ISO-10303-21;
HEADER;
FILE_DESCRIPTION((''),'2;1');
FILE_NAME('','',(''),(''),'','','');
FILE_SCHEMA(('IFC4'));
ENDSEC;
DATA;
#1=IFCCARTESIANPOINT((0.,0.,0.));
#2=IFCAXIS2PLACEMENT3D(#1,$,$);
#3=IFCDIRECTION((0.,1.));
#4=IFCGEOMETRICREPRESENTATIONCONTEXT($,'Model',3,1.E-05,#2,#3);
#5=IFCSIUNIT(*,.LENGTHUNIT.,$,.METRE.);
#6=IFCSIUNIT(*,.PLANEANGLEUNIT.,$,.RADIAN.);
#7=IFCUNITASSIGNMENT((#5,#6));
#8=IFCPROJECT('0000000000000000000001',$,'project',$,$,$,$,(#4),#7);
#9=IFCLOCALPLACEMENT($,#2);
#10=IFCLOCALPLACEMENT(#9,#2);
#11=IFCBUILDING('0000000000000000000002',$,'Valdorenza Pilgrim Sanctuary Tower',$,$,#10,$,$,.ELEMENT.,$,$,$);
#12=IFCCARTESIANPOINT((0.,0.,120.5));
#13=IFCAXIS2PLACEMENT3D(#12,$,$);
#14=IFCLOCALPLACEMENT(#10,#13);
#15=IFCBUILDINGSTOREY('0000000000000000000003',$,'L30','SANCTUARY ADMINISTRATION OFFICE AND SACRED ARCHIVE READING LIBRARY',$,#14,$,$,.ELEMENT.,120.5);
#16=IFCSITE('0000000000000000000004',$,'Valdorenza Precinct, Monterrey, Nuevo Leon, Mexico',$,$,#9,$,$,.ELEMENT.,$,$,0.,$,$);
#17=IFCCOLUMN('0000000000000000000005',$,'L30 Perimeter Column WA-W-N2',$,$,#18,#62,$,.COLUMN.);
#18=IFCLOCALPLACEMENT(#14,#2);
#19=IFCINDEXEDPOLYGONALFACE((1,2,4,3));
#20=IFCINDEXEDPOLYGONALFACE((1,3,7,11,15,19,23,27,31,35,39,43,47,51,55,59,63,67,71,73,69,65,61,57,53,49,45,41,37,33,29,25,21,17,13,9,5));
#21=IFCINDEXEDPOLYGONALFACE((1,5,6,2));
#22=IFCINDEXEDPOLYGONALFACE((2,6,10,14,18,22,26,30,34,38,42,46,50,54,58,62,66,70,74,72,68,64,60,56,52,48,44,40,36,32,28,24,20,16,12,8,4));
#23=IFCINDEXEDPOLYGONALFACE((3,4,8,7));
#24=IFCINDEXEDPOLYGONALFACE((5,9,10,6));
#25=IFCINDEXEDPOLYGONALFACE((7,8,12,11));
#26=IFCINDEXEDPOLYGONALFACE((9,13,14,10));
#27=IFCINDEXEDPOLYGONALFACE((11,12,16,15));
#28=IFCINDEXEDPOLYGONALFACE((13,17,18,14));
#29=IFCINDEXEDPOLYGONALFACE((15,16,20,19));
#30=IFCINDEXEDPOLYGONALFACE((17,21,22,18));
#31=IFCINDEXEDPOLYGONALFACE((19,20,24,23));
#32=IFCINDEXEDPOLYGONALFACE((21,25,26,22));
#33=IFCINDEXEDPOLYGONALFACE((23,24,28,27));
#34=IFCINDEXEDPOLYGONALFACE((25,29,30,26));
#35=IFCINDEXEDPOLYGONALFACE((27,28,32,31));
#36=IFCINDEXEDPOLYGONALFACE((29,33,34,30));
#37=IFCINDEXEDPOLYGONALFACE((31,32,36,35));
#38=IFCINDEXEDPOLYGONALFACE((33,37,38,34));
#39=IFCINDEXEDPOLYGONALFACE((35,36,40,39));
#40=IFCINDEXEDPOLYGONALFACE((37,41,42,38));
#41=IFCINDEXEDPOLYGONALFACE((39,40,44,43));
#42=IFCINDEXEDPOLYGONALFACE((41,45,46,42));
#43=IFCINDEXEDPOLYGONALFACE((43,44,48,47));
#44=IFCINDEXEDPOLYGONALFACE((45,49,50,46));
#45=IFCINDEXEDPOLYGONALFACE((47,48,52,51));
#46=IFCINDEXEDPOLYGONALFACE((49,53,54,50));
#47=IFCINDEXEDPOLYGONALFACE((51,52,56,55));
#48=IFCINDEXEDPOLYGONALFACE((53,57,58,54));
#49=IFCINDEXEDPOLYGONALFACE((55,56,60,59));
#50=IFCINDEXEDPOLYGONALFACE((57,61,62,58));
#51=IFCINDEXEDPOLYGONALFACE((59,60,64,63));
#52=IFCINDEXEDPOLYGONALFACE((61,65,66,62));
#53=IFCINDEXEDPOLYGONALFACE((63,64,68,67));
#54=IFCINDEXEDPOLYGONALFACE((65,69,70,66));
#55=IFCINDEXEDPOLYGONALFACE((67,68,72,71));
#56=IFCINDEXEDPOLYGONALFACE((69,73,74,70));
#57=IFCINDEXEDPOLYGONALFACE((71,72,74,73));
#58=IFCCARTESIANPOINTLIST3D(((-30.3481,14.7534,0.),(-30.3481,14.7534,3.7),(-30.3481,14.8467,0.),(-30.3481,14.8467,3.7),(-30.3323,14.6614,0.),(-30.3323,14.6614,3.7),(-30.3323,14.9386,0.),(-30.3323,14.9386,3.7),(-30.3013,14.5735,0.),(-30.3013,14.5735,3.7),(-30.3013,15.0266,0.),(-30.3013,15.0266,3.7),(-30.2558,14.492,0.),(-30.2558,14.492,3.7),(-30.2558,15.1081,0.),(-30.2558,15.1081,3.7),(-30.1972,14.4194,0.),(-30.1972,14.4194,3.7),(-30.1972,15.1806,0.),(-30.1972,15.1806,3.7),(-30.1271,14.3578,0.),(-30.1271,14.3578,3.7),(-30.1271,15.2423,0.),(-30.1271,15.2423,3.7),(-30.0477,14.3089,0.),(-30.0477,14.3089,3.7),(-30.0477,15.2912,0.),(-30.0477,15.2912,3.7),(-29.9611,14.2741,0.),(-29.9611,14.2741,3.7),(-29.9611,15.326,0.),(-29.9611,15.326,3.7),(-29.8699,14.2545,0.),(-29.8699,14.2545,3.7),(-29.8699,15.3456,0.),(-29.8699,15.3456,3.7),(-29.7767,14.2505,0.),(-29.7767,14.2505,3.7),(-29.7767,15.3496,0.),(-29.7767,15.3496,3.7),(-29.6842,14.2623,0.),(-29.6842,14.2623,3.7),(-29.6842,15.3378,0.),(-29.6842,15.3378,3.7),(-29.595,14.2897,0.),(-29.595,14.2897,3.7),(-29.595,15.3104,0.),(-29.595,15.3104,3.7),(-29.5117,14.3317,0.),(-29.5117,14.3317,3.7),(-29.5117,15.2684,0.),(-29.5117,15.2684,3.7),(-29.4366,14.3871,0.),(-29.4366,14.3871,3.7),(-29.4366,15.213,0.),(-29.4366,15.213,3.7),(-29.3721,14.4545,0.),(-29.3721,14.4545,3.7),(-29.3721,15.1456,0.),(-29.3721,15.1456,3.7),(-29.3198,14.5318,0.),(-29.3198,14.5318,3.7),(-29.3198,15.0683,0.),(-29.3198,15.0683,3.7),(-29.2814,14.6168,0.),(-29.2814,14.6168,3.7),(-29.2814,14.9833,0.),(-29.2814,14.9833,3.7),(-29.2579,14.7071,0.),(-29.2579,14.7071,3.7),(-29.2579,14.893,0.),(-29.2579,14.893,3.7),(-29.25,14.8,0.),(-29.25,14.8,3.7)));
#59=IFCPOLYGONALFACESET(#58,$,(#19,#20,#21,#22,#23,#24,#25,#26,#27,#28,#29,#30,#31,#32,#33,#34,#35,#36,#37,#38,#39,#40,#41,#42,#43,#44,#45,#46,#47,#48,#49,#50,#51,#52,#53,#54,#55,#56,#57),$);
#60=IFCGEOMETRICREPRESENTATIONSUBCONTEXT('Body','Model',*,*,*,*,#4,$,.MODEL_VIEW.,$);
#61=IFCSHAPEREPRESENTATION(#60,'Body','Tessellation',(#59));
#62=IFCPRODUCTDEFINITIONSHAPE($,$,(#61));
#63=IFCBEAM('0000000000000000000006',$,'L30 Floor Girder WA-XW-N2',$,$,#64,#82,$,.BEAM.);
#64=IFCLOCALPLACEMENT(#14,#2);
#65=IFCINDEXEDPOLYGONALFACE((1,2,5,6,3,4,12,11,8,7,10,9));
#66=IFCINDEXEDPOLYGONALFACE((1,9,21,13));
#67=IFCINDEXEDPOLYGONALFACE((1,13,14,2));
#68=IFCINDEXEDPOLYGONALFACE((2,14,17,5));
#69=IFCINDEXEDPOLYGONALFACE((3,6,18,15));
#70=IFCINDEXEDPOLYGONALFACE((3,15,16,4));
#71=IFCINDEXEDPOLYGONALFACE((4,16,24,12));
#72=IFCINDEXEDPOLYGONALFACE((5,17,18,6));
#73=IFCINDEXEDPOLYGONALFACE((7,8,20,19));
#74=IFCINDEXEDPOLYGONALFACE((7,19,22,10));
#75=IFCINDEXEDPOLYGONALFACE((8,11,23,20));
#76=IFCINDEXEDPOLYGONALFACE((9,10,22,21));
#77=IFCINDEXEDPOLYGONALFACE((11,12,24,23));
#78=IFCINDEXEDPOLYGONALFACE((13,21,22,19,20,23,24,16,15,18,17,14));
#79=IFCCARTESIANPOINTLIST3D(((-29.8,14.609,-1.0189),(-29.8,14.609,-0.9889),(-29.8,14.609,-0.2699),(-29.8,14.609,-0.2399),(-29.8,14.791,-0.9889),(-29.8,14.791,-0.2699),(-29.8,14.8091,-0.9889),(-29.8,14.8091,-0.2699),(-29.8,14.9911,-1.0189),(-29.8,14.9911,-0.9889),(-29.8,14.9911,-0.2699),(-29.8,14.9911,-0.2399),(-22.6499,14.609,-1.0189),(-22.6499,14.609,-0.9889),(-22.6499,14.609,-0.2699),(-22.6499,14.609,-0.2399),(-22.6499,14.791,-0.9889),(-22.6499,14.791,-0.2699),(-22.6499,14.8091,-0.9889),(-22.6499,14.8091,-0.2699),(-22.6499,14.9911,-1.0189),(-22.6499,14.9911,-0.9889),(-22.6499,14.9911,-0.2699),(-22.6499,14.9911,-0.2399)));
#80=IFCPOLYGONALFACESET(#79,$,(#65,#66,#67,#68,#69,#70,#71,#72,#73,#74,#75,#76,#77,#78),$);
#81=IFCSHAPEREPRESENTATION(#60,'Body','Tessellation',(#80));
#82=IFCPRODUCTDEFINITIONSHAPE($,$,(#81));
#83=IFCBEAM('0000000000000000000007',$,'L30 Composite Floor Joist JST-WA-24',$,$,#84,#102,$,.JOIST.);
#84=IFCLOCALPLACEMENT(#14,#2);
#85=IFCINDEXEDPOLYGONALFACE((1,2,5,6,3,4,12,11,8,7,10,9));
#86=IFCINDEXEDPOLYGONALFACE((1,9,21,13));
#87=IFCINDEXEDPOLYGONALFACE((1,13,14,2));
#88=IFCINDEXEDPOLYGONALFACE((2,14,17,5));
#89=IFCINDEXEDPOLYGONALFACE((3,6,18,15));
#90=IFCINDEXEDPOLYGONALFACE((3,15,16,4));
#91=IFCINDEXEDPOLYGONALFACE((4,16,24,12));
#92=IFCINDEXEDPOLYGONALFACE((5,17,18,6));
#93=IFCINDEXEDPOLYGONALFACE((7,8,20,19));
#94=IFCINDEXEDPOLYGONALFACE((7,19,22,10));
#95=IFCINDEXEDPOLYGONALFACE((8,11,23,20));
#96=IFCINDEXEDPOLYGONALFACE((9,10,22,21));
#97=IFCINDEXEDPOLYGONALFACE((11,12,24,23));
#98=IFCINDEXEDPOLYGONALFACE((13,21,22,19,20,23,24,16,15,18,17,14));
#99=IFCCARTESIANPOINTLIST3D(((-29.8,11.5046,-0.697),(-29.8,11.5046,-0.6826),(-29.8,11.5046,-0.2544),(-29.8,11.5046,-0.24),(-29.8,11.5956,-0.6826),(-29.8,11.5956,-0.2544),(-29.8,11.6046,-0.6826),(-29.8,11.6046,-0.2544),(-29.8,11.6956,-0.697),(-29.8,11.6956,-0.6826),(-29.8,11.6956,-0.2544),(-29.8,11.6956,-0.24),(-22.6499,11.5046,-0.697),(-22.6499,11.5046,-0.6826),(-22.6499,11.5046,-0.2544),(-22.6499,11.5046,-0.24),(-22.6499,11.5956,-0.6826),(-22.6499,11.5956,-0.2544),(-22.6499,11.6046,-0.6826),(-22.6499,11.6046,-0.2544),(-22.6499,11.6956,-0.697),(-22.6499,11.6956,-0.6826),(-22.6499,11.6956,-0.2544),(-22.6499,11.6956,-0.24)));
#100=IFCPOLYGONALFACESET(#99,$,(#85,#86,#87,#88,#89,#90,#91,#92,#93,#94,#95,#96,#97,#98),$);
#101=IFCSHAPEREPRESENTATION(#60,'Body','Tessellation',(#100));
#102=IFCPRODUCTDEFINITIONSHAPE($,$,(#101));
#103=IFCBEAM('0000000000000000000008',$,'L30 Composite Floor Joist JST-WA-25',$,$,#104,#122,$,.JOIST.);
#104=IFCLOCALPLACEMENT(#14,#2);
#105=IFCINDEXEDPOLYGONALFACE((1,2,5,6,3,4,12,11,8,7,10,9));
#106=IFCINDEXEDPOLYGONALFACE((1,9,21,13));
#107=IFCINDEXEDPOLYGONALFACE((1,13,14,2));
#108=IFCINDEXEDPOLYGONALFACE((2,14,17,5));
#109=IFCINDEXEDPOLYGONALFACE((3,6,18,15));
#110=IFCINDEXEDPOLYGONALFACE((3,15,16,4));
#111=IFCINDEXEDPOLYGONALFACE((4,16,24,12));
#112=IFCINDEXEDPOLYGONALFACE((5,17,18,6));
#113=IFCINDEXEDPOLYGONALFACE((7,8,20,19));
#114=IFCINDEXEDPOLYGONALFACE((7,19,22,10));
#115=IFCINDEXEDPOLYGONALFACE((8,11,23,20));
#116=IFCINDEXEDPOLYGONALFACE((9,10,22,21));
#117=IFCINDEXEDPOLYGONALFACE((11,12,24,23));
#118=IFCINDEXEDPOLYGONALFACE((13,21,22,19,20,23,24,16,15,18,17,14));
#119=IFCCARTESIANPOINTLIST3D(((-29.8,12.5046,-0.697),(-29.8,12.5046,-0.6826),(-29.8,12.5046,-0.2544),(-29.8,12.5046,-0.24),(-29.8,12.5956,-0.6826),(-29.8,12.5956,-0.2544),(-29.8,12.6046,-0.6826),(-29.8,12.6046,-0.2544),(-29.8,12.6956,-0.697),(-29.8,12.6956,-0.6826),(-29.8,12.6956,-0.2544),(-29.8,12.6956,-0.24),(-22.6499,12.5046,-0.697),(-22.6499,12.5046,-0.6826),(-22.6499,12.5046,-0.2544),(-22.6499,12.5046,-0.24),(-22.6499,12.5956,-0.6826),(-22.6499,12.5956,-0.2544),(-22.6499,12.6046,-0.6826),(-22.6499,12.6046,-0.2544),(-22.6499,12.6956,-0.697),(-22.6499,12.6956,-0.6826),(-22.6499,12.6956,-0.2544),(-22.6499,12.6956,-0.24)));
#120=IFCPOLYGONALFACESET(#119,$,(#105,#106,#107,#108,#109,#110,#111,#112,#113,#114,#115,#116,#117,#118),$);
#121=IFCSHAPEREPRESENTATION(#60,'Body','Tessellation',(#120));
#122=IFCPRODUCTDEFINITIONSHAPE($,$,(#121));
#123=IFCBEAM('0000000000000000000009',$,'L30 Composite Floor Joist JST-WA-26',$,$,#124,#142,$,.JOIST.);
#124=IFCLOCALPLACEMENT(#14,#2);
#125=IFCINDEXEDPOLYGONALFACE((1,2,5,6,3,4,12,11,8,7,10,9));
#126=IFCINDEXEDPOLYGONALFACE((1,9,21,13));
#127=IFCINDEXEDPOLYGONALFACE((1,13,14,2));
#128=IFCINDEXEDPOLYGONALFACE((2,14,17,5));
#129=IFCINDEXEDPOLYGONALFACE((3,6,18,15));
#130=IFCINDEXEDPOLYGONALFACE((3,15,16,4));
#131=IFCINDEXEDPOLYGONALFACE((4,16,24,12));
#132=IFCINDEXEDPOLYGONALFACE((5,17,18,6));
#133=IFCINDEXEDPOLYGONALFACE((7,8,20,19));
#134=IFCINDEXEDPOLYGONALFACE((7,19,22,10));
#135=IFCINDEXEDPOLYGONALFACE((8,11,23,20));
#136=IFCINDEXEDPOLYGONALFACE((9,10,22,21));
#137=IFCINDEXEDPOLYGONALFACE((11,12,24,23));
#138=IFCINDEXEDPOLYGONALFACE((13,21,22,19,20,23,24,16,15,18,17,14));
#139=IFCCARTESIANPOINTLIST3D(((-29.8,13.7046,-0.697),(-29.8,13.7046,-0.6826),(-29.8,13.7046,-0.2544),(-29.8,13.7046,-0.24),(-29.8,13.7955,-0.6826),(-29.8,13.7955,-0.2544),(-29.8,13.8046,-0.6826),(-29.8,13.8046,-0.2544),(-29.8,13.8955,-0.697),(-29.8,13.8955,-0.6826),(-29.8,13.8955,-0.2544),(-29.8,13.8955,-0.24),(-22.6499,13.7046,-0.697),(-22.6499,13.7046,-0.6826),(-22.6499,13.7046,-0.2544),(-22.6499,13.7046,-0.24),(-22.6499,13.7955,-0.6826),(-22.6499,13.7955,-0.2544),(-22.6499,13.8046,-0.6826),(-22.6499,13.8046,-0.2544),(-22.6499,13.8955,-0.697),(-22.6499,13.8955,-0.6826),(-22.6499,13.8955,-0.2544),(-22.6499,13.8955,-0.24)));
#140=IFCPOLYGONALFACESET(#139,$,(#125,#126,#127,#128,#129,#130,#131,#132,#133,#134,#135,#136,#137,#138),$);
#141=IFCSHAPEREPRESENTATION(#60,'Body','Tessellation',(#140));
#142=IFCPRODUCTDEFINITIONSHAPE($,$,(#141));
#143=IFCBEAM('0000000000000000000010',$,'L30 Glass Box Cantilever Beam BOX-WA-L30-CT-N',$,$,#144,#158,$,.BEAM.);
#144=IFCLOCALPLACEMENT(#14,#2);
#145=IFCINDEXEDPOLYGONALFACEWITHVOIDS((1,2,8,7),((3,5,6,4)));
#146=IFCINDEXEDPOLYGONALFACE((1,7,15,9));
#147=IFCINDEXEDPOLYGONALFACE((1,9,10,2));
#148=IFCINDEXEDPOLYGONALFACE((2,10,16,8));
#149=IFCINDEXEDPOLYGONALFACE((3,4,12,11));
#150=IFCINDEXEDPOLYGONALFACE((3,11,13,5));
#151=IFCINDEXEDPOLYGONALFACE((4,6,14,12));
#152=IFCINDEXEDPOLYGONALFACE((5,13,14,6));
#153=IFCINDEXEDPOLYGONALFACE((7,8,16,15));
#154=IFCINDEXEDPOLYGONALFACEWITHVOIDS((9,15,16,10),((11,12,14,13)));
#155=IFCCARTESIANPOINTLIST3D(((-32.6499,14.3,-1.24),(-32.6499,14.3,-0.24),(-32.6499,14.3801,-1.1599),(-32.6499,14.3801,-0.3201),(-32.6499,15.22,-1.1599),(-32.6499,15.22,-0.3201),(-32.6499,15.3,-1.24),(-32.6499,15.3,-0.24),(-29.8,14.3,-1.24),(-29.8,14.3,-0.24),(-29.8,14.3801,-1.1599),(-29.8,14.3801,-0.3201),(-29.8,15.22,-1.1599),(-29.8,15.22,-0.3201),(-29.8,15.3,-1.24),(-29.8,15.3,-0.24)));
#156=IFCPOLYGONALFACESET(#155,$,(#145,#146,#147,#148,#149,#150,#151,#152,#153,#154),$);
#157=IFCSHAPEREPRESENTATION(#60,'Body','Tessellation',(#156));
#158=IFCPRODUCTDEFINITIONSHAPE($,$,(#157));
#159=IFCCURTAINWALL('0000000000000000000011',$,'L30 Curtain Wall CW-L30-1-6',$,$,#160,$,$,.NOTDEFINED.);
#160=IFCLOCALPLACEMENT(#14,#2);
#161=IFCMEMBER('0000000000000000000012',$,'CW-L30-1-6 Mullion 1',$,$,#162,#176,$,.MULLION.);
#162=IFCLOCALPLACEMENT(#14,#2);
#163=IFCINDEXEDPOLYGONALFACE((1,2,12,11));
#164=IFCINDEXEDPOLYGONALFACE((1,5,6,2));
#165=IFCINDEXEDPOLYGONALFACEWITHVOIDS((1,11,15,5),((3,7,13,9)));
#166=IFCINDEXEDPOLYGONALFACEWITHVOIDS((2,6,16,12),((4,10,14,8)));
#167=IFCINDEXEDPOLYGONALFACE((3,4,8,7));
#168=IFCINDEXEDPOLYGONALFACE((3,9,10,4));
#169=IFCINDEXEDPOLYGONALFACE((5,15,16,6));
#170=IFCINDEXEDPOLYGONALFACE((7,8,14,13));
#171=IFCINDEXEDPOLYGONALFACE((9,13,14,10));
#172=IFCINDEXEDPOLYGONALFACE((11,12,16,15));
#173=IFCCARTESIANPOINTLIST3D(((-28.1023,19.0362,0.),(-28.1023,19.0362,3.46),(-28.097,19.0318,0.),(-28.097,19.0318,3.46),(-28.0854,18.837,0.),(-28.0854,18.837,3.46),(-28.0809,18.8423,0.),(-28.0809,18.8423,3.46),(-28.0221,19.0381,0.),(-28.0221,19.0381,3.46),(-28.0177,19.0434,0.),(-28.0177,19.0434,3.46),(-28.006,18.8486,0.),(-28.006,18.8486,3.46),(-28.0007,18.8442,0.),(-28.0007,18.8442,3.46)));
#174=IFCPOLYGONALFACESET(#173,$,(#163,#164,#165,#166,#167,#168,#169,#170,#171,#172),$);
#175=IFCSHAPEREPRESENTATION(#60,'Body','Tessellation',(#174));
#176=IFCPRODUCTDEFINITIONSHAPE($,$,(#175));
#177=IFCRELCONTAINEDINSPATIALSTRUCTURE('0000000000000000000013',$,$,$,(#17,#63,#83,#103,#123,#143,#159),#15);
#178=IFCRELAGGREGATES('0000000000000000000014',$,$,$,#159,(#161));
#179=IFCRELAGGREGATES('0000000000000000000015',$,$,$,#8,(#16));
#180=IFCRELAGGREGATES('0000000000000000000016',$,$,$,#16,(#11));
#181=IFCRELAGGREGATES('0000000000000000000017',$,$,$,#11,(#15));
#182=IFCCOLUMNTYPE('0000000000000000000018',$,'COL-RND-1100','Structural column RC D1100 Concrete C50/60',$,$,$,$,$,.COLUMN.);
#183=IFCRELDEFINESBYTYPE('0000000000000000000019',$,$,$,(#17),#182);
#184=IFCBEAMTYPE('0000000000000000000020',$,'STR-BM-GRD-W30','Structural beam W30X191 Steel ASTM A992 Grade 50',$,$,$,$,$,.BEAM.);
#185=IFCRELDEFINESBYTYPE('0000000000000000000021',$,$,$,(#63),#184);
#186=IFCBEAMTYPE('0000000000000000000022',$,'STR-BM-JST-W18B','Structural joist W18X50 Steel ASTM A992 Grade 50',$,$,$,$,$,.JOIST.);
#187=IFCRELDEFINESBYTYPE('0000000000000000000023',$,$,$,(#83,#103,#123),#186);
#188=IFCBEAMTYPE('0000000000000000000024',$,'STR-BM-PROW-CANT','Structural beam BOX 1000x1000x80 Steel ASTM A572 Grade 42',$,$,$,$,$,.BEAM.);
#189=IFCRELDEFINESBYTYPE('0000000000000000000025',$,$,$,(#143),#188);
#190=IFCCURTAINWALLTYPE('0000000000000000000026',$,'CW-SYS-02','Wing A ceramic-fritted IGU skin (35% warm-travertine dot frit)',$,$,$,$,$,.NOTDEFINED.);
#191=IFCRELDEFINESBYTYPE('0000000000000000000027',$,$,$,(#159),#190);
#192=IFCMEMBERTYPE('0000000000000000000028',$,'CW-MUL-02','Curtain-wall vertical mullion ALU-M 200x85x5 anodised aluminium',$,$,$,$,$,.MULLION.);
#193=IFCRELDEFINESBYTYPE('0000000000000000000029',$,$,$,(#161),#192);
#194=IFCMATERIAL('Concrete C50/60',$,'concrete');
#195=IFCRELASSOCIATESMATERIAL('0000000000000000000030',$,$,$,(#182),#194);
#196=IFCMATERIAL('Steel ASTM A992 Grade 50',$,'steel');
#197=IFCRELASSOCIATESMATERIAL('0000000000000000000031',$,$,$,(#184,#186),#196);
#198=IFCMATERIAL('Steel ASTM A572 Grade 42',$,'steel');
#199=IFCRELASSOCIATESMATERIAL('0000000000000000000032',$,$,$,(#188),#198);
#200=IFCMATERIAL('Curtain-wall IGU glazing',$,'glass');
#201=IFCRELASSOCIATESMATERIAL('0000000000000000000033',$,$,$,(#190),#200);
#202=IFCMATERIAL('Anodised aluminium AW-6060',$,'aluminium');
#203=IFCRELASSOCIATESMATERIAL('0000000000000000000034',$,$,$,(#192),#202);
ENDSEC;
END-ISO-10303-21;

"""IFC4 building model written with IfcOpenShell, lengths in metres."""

from ifc_helpers import new_model, si_unit, direction, frame, origin, origin_2d, place, context, subcontext, project, spatial, hollow_rectangle, circle, i_section, extrude, source, transform, mapped, material, material_profile, profile_set, type_object, element, aggregate, save


model = new_model("IFC4")

# Units and contexts
model_context = context("Model", 3, precision=1e-05, world=origin(), true_north=direction((0.0, 1.0)))
body_context = subcontext(model_context, "Body", "Model", "MODEL_VIEW")
ifc_project = project(units=[si_unit("LENGTHUNIT", "METRE"), si_unit("PLANEANGLEUNIT", "RADIAN")], contexts=[model_context])

# Site, building, storey
site_placement = place(None, origin())
site = spatial("IfcSite", under=ifc_project, at=site_placement, Name="Valdorenza Precinct, Monterrey, Nuevo Leon, Mexico", CompositionType="ELEMENT", RefElevation=0.0)
building_placement = place(site_placement, origin())
building = spatial("IfcBuilding", under=site, at=building_placement, Name="Valdorenza Pilgrim Sanctuary Tower", CompositionType="ELEMENT")
storey_placement = place(building_placement, frame((0.0, 0.0, 120.5)))
storey = spatial("IfcBuildingStorey", under=building, at=storey_placement, Name="L30", Description="SANCTUARY ADMINISTRATION OFFICE AND SACRED ARCHIVE READING LIBRARY", CompositionType="ELEMENT", Elevation=120.5)

# Column
ifc_material_1 = material(Name="Concrete C50/60", Category="concrete")
ifc_material_profile_1 = material_profile(ifc_material_1, circle(Radius=0.55, at=origin_2d()), Name="RC D1100")
ifc_profile_set_1 = profile_set([ifc_material_profile_1], Name="Concrete C50/60")
column_type = type_object("IfcColumnType", Name="COL-RND-1100", Description="Structural column RC D1100 Concrete C50/60", PredefinedType="COLUMN", material=ifc_profile_set_1)
shared_shape_1 = source(origin(), body_context, "Body", "SweptSolid", [
    extrude(circle(Radius=0.55, at=origin_2d()), origin(), (0.0, 0.0, 1.0), 3.7),
])
column_placement = place(storey_placement, frame((-29.8, 14.8, 0.0), z_axis=(0.0, 0.0, 1.0), x_axis=(1.0, 0.0, 0.0)))
element("IfcColumn", 1, at=column_placement, inside=storey, type_object=column_type, Name="L30 Perimeter Column WA-W-N2", PredefinedType="COLUMN", context=body_context, shape_type="MappedRepresentation", body=[
    mapped(shared_shape_1, transform((0.0, 0.0, 0.0), x_axis=(1.0, 0.0, 0.0), y_axis=(0.0, 1.0, 0.0), z_axis=(0.0, 0.0, 1.0), scale=1.0)),
])

# Beams
ifc_material_2 = material(Name="Steel ASTM A992 Grade 50", Category="steel")
ifc_material_profile_2 = material_profile(ifc_material_2, i_section(OverallWidth=0.3821, OverallDepth=0.7791, WebThickness=0.0181, FlangeThickness=0.03, at=origin_2d()), Name="W30X191")
ifc_profile_set_2 = profile_set([ifc_material_profile_2], Name="Steel ASTM A992 Grade 50")
beam_type_1 = type_object("IfcBeamType", Name="STR-BM-GRD-W30", Description="Structural beam W30X191 Steel ASTM A992 Grade 50", PredefinedType="BEAM", material=ifc_profile_set_2)
shared_shape_2 = source(origin(), body_context, "Body", "SweptSolid", [
    extrude(i_section(OverallWidth=0.3821, OverallDepth=0.7791, WebThickness=0.0181, FlangeThickness=0.03, at=origin_2d()), origin(), (0.0, 0.0, 1.0), 7.1501),
])
beam_1_placement = place(storey_placement, frame((-29.8, 14.8, -0.6294), z_axis=(1.0, 0.0, 0.0), x_axis=(0.0, 1.0, 0.0)))
element("IfcBeam", 2, at=beam_1_placement, inside=storey, type_object=beam_type_1, Name="L30 Floor Girder WA-XW-N2", PredefinedType="BEAM", context=body_context, shape_type="MappedRepresentation", body=[
    mapped(shared_shape_2, transform((0.0, 0.0, 0.0), x_axis=(1.0, 0.0, 0.0), y_axis=(0.0, 1.0, 0.0), z_axis=(0.0, 0.0, 1.0), scale=1.0)),
])
ifc_material_profile_3 = material_profile(ifc_material_2, i_section(OverallWidth=0.1909, OverallDepth=0.457, WebThickness=0.009, FlangeThickness=0.0144, at=origin_2d()), Name="W18X50")
ifc_profile_set_3 = profile_set([ifc_material_profile_3], Name="Steel ASTM A992 Grade 50")
beam_type_2 = type_object("IfcBeamType", Name="STR-BM-JST-W18B", Description="Structural joist W18X50 Steel ASTM A992 Grade 50", PredefinedType="JOIST", material=ifc_profile_set_3)
shared_shape_3 = source(origin(), body_context, "Body", "SweptSolid", [
    extrude(i_section(OverallWidth=0.1909, OverallDepth=0.457, WebThickness=0.009, FlangeThickness=0.0144, at=origin_2d()), origin(), (0.0, 0.0, 1.0), 7.1501),
])
for number, where, z_axis, x_axis, name in (
    (3, (-29.8, 11.6001, -0.4685), (1.0, 0.0, 0.0), (0.0, 1.0, 0.0), "L30 Composite Floor Joist JST-WA-24"),
    (4, (-29.8, 12.6001, -0.4685), (1.0, 0.0, 0.0), (0.0, 1.0, 0.0), "L30 Composite Floor Joist JST-WA-25"),
    (5, (-29.8, 13.8, -0.4685), (1.0, 0.0, 0.0), (0.0, 1.0, 0.0), "L30 Composite Floor Joist JST-WA-26"),
):
    element("IfcBeam", number, at=place(storey_placement, frame(where, z_axis=z_axis, x_axis=x_axis)), inside=storey, type_object=beam_type_2, Name=name, PredefinedType="JOIST", context=body_context, shape_type="MappedRepresentation", body=[
        mapped(shared_shape_3, transform((0.0, 0.0, 0.0), x_axis=(1.0, 0.0, 0.0), y_axis=(0.0, 1.0, 0.0), z_axis=(0.0, 0.0, 1.0), scale=1.0)),
    ])
ifc_material_3 = material(Name="Steel ASTM A572 Grade 42", Category="steel")
ifc_material_profile_4 = material_profile(ifc_material_3, hollow_rectangle(XDim=1.0, YDim=1.0, WallThickness=0.0801, at=origin_2d()), Name="BOX 1000x1000x80")
ifc_profile_set_4 = profile_set([ifc_material_profile_4], Name="Steel ASTM A572 Grade 42")
beam_type_3 = type_object("IfcBeamType", Name="STR-BM-PROW-CANT", Description="Structural beam BOX 1000x1000x80 Steel ASTM A572 Grade 42", PredefinedType="BEAM", material=ifc_profile_set_4)
shared_shape_4 = source(origin(), body_context, "Body", "SweptSolid", [
    extrude(hollow_rectangle(XDim=1.0, YDim=1.0, WallThickness=0.0801, at=origin_2d()), origin(), (0.0, 0.0, 1.0), 2.8499),
])
beam_2_placement = place(storey_placement, frame((-29.8, 14.8, -0.74), z_axis=(-1.0, 0.0, 0.0), x_axis=(0.0, -1.0, 0.0)))
element("IfcBeam", 6, at=beam_2_placement, inside=storey, type_object=beam_type_3, Name="L30 Glass Box Cantilever Beam BOX-WA-L30-CT-N", PredefinedType="BEAM", context=body_context, shape_type="MappedRepresentation", body=[
    mapped(shared_shape_4, transform((0.0, 0.0, 0.0), x_axis=(1.0, 0.0, 0.0), y_axis=(0.0, 1.0, 0.0), z_axis=(0.0, 0.0, 1.0), scale=1.0)),
])

# Curtain wall, member
ifc_material_4 = material(Name="Curtain-wall IGU glazing", Category="glass")
curtain_wall_type = type_object("IfcCurtainWallType", Name="CW-SYS-02", Description="Wing A ceramic-fritted IGU skin (35% warm-travertine dot frit)", PredefinedType="NOTDEFINED", material=ifc_material_4)
curtain_wall_1_placement = place(storey_placement, origin())
curtain_wall_1 = element("IfcCurtainWall", 7, at=curtain_wall_1_placement, inside=storey, type_object=curtain_wall_type, Name="L30 Curtain Wall CW-L30-1-6", PredefinedType="NOTDEFINED")
ifc_material_5 = material(Name="Anodised aluminium AW-6060", Category="aluminium")
ifc_material_profile_5 = material_profile(ifc_material_5, hollow_rectangle(XDim=0.085, YDim=0.2, WallThickness=0.0049, at=origin_2d()), Name="ALU-M 200x85x5")
ifc_profile_set_5 = profile_set([ifc_material_profile_5], Name="Anodised aluminium AW-6060")
member_type_1 = type_object("IfcMemberType", Name="CW-MUL-02", Description="Curtain-wall vertical mullion ALU-M 200x85x5 anodised aluminium", PredefinedType="MULLION", material=ifc_profile_set_5)
shared_shape_5 = source(origin(), body_context, "Body", "SweptSolid", [
    extrude(hollow_rectangle(XDim=0.085, YDim=0.2, WallThickness=0.0049, at=origin_2d()), origin(), (0.0, 0.0, 1.0), 3.46),
])
member_1_placement = place(storey_placement, frame((-28.0515, 18.9402, 0.0), z_axis=(0.0, 0.0, 1.0), x_axis=(0.996408, 0.084687, 0.0)))
member_1 = element("IfcMember", 8, at=member_1_placement, type_object=member_type_1, Name="CW-L30-1-6 Mullion 1", PredefinedType="MULLION", context=body_context, shape_type="MappedRepresentation", body=[
    mapped(shared_shape_5, transform((0.0, 0.0, 0.0), x_axis=(1.0, 0.0, 0.0), y_axis=(0.0, 1.0, 0.0), z_axis=(0.0, 0.0, 1.0), scale=1.0)),
])

aggregate(curtain_wall_1, [member_1])

save(model, "model.ifc")
